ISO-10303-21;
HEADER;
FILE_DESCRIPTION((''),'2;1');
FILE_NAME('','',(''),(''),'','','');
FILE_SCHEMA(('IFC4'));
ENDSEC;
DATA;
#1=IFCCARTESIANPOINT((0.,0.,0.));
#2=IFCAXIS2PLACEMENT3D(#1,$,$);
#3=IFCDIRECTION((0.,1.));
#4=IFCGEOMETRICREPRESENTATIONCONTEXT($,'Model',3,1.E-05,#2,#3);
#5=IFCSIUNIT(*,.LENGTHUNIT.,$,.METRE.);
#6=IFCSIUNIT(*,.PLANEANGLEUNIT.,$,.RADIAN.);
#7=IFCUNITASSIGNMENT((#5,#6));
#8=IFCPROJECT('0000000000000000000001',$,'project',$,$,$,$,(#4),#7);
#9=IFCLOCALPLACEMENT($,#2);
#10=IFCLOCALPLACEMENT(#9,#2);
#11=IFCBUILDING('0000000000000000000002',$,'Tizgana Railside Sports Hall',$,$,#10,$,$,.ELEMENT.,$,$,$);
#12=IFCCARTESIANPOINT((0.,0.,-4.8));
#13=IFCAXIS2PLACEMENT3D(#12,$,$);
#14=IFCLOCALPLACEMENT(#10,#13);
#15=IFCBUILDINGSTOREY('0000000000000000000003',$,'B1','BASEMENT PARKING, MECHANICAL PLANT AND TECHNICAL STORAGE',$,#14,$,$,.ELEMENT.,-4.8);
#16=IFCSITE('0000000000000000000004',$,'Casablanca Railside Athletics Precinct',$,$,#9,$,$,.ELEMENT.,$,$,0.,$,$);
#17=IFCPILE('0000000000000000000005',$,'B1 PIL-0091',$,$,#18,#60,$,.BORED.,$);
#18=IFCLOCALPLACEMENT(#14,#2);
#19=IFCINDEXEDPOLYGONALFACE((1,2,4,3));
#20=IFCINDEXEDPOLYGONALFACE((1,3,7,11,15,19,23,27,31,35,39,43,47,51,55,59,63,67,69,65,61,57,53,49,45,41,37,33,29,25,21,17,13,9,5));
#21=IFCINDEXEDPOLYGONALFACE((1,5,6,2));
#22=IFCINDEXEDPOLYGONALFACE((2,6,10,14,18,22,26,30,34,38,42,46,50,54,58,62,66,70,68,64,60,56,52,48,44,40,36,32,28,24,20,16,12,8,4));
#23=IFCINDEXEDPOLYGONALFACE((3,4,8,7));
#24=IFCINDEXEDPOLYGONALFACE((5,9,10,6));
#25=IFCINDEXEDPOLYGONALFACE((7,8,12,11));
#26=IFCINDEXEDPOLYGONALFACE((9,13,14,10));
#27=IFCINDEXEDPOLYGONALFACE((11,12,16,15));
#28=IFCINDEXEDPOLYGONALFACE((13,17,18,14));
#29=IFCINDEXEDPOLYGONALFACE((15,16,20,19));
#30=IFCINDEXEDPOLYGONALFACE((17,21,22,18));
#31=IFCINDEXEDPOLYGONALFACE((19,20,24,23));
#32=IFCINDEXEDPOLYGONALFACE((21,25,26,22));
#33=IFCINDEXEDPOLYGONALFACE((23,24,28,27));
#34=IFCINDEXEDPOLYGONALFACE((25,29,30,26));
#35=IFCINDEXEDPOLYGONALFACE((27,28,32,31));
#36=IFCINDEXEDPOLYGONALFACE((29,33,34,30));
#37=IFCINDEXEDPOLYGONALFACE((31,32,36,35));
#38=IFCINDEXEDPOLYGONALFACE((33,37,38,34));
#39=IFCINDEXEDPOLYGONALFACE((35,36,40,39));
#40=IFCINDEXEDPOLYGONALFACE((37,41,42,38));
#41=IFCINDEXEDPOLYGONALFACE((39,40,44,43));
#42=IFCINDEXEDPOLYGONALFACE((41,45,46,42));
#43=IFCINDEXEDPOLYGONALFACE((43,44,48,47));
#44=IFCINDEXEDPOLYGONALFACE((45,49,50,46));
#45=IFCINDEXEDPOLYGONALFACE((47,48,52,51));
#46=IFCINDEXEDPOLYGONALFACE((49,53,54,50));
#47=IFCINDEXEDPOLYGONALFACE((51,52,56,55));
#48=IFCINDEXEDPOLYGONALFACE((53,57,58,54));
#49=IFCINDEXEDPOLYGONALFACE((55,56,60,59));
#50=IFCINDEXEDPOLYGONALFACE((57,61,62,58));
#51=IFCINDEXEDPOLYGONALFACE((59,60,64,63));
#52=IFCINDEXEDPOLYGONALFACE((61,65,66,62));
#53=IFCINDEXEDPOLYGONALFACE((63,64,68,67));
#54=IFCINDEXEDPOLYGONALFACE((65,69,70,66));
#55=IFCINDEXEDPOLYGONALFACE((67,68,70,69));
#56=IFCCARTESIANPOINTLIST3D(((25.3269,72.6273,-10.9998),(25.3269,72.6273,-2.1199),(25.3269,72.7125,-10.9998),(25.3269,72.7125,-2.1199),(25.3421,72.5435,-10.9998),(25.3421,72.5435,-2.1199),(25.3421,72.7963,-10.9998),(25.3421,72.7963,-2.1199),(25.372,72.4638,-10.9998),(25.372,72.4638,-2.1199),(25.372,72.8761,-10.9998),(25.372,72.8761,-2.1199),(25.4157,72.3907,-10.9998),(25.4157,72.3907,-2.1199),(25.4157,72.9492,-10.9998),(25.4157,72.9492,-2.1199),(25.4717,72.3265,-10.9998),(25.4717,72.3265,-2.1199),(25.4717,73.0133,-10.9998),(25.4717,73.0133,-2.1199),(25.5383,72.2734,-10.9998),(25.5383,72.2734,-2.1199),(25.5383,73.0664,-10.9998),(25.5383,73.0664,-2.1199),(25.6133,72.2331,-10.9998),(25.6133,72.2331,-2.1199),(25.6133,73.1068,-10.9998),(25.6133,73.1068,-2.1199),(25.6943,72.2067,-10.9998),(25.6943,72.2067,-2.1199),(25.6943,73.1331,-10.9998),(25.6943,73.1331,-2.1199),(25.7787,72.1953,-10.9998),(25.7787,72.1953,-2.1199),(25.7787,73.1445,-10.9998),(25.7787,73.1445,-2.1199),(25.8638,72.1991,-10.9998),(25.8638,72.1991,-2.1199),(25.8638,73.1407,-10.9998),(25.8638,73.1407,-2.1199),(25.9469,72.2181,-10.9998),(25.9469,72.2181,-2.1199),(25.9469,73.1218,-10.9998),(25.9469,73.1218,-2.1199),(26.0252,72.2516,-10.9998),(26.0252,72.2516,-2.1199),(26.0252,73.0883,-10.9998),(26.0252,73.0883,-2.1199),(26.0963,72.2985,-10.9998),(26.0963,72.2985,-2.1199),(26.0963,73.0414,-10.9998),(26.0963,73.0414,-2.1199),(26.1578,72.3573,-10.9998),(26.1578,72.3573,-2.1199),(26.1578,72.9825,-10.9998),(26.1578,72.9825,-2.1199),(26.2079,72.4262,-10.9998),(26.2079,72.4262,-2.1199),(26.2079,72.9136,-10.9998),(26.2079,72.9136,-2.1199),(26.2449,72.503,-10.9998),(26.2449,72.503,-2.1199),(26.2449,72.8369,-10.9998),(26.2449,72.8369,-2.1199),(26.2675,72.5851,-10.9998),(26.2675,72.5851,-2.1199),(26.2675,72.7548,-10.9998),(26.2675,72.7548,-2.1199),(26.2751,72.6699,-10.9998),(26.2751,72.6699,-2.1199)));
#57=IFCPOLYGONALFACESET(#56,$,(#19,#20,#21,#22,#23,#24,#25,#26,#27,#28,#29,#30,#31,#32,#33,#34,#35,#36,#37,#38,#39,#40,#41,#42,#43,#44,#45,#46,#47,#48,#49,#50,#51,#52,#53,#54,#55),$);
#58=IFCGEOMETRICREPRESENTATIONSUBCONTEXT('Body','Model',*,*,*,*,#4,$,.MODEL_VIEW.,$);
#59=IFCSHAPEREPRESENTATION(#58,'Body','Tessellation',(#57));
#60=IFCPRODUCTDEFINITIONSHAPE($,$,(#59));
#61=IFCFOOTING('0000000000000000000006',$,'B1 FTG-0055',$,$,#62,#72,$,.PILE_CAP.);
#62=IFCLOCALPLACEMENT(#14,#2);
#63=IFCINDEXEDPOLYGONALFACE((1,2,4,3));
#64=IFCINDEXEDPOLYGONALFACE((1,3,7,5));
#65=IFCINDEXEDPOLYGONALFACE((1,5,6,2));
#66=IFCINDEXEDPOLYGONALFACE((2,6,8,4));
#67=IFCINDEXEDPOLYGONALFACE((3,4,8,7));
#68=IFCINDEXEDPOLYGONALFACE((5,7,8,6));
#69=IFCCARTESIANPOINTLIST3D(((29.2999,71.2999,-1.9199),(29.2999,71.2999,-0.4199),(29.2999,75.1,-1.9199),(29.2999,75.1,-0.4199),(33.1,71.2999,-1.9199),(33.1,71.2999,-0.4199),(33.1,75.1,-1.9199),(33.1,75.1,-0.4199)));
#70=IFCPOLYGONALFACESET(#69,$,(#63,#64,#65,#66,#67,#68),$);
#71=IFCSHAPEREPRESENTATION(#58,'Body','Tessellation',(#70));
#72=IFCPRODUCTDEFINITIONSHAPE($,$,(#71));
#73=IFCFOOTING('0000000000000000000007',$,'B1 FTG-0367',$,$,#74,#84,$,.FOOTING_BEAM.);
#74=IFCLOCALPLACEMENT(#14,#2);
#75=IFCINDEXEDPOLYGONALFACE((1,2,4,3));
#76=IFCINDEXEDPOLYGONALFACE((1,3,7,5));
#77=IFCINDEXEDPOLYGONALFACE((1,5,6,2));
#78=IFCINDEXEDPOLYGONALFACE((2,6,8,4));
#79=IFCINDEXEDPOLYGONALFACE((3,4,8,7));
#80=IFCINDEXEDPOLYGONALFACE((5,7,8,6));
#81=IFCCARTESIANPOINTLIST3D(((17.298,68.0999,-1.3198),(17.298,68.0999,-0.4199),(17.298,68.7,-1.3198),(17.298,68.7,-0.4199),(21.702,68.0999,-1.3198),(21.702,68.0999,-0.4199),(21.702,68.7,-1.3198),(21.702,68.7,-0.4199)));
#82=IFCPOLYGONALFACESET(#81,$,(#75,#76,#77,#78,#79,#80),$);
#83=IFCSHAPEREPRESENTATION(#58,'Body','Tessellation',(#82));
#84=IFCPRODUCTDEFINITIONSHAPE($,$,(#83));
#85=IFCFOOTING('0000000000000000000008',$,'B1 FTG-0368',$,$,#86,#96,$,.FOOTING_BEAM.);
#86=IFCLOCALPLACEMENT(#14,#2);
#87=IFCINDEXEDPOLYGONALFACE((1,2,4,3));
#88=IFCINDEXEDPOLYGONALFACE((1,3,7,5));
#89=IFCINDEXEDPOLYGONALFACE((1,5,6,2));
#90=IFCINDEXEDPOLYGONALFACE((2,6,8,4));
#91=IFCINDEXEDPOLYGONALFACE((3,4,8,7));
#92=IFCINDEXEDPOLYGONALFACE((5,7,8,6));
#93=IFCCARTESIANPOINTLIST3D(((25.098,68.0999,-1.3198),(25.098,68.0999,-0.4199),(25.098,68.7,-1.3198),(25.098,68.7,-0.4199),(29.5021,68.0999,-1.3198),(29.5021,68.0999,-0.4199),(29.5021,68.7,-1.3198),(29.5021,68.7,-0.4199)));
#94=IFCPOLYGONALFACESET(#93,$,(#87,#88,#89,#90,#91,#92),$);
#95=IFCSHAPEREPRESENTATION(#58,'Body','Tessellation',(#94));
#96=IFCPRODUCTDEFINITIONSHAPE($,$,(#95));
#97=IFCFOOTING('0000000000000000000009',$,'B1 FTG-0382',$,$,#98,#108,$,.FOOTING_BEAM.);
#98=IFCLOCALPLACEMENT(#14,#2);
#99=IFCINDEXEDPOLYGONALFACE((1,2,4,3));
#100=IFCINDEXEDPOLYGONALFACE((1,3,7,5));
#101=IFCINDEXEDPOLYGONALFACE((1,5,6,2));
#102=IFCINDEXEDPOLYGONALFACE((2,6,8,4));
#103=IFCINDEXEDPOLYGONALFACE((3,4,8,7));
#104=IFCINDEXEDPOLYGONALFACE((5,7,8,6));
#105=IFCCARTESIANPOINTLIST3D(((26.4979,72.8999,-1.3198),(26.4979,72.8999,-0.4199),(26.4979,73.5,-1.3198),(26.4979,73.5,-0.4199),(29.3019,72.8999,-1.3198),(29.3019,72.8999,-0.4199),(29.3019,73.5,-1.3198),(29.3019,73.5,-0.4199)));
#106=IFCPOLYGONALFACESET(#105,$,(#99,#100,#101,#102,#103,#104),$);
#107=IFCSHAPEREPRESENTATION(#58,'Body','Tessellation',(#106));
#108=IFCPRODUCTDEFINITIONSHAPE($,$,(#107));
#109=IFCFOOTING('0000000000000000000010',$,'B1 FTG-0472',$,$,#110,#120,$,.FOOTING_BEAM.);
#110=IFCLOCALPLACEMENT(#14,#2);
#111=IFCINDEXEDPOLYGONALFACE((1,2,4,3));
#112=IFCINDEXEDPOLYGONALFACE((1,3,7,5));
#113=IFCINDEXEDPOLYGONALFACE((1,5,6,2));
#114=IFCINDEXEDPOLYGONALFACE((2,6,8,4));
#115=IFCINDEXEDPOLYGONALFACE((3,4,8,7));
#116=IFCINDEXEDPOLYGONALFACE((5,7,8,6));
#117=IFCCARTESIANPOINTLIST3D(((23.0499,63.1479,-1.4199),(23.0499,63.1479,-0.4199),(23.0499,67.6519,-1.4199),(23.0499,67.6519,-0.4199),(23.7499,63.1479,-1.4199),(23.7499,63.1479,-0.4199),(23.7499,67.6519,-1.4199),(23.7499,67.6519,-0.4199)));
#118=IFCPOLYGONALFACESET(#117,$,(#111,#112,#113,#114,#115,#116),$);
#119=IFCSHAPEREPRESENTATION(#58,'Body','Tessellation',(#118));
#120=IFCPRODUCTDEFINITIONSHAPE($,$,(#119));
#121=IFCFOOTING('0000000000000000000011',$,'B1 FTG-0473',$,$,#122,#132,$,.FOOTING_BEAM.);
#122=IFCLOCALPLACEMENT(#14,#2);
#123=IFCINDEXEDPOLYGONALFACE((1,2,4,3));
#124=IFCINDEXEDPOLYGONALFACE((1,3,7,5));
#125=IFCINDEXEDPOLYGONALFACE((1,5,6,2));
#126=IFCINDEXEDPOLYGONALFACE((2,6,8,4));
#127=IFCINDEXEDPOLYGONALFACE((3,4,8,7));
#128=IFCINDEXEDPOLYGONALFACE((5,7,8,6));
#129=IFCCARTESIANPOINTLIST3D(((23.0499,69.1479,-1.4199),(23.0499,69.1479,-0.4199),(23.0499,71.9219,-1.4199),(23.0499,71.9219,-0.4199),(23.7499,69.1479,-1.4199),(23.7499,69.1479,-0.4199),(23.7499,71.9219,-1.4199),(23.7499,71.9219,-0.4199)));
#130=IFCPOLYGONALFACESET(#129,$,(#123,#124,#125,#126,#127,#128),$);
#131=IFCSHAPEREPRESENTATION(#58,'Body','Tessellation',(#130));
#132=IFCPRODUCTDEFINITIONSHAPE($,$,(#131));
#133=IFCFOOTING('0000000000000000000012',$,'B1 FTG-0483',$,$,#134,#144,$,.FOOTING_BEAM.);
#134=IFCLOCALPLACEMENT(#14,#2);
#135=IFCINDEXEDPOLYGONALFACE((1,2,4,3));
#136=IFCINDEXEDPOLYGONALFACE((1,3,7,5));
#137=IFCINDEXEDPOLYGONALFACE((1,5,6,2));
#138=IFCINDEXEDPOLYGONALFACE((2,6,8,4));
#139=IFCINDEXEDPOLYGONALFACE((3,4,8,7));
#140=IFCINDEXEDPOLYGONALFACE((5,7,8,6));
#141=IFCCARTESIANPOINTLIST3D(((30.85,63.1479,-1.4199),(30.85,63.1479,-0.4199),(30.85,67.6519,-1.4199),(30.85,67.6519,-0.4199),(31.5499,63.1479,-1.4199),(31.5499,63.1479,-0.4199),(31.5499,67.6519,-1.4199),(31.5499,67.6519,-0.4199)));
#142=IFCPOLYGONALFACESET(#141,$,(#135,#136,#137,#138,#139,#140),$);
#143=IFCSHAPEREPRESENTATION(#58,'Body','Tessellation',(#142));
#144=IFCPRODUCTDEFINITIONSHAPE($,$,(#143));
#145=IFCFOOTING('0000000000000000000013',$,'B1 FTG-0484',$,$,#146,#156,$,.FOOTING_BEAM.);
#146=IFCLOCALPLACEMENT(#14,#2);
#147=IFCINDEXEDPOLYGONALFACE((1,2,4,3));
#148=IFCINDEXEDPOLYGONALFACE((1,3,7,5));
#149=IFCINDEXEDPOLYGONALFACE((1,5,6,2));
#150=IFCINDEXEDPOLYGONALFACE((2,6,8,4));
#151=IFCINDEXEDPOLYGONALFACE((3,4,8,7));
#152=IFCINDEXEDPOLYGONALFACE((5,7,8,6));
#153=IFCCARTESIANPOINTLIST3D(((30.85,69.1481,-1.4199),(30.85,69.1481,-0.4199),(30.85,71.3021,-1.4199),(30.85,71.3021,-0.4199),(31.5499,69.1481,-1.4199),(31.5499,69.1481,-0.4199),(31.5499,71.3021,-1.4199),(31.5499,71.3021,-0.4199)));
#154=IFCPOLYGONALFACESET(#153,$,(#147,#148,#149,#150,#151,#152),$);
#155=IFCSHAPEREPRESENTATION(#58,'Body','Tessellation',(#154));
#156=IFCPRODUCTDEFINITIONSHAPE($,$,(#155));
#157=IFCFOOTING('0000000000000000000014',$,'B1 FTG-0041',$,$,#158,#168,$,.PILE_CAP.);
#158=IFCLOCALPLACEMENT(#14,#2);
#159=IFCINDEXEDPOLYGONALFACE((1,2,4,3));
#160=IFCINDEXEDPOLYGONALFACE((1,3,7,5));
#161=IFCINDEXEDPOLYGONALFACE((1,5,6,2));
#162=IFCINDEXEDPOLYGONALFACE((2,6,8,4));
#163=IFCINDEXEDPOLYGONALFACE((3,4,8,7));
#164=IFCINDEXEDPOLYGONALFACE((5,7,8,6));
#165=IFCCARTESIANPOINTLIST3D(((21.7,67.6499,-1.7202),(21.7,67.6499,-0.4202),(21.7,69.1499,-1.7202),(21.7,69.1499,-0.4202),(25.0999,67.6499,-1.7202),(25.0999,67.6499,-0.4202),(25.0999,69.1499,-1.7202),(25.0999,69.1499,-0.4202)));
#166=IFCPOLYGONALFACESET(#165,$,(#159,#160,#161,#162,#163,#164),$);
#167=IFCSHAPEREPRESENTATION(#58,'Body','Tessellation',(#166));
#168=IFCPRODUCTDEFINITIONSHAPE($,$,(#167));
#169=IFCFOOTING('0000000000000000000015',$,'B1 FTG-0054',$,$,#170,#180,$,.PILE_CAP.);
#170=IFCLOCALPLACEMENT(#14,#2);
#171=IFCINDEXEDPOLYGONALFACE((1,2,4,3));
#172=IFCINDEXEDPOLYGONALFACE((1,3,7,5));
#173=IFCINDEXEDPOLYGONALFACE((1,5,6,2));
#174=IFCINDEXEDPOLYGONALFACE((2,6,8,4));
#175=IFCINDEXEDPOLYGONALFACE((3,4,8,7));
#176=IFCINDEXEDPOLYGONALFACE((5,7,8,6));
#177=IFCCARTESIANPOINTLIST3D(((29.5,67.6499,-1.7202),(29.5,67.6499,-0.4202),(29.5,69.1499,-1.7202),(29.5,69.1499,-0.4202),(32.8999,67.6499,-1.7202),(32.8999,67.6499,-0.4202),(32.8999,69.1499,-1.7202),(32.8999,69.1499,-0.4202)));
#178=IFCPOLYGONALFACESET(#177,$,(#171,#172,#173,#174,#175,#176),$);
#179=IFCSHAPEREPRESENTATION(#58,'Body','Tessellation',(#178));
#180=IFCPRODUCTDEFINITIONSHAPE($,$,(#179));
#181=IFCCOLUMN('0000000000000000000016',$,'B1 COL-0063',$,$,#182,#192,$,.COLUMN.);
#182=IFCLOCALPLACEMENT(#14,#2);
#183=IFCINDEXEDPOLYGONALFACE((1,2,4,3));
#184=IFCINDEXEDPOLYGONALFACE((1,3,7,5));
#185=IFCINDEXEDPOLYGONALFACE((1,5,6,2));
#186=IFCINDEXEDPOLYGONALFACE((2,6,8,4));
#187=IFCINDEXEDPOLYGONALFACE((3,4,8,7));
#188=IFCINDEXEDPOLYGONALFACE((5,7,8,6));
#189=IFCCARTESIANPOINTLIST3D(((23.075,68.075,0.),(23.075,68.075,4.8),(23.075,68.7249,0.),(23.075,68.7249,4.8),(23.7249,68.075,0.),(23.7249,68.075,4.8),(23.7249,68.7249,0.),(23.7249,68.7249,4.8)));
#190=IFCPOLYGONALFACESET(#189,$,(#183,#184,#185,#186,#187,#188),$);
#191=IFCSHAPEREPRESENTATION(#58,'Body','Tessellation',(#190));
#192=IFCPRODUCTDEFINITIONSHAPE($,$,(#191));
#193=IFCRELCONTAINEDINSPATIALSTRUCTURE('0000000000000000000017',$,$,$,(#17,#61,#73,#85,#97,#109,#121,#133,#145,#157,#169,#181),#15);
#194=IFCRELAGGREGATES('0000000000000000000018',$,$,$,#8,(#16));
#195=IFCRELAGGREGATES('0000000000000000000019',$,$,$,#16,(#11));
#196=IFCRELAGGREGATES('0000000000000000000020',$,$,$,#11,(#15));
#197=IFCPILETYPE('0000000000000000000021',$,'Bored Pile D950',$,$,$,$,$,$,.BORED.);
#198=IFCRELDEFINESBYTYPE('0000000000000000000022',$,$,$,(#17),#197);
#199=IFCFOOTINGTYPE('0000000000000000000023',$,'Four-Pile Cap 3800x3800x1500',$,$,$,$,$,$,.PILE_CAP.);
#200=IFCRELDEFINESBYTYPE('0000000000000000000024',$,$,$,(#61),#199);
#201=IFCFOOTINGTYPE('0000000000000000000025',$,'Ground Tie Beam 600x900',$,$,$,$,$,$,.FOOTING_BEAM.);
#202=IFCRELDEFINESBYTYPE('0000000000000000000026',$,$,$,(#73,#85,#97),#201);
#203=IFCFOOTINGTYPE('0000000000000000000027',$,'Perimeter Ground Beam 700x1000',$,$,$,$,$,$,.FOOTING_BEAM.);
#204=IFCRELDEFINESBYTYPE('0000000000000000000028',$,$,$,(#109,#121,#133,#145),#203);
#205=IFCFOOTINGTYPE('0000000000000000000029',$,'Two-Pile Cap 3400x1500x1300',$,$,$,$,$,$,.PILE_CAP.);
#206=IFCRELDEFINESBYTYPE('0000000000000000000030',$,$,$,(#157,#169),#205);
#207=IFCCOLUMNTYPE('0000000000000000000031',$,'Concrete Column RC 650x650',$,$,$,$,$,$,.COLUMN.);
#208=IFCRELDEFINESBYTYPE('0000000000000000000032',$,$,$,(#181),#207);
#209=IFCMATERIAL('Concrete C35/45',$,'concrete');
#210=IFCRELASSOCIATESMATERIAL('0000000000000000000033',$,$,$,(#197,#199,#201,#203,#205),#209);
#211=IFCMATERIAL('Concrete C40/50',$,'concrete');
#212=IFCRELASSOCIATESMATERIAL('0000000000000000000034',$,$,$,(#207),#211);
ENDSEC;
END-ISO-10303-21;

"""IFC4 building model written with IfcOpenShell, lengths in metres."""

from ifc_helpers import new_model, si_unit, direction, frame, origin, origin_2d, place, context, subcontext, project, spatial, rectangle, circle, extrude, material, material_profile, profile_set, type_object, element, save


model = new_model("IFC4")

# Units and contexts
model_context = context("Model", 3, precision=1e-05, world=origin(), true_north=direction((0.0, 1.0)))
body_context = subcontext(model_context, "Body", "Model", "MODEL_VIEW")
ifc_project = project(units=[si_unit("LENGTHUNIT", "METRE"), si_unit("PLANEANGLEUNIT", "RADIAN")], contexts=[model_context])

# Site, building, storey
site_placement = place(None, origin())
site = spatial("IfcSite", under=ifc_project, at=site_placement, Name="Casablanca Railside Athletics Precinct", CompositionType="ELEMENT", RefElevation=0.0)
building_placement = place(site_placement, origin())
building = spatial("IfcBuilding", under=site, at=building_placement, Name="Tizgana Railside Sports Hall", CompositionType="ELEMENT")
storey_placement = place(building_placement, frame((0.0, 0.0, -4.8)))
storey = spatial("IfcBuildingStorey", under=building, at=storey_placement, Name="B1", Description="BASEMENT PARKING, MECHANICAL PLANT AND TECHNICAL STORAGE", CompositionType="ELEMENT", Elevation=-4.8)

# Pile
ifc_material_1 = material(Name="Concrete C35/45", Category="concrete")
ifc_material_profile_1 = material_profile(ifc_material_1, circle(Radius=0.4751, at=origin_2d()), Name="PILE D950")
ifc_profile_set_1 = profile_set([ifc_material_profile_1], Name="Concrete C35/45")
pile_type_1 = type_object("IfcPileType", Name="Bored Pile D950", PredefinedType="BORED", material=ifc_profile_set_1)
for number, where, z_axis, x_axis, name in (
    (1, (25.8, 72.6699, -2.1199), (0.0, 0.0, -1.0), (1.0, 0.0, 0.0), "B1 PIL-0091"),
):
    element("IfcPile", number, at=place(storey_placement, frame(where, z_axis=z_axis, x_axis=x_axis)), inside=storey, type_object=pile_type_1, Name=name, PredefinedType="BORED", context=body_context, shape_type="SweptSolid", body=[
        extrude(circle(Radius=0.4751, at=origin_2d()), origin(), (0.0, 0.0, 1.0), 8.8799),
    ])

# Footings
footing_type_1 = type_object("IfcFootingType", Name="Four-Pile Cap 3800x3800x1500", PredefinedType="PILE_CAP", material=ifc_material_1)
footing_1_placement = place(storey_placement, frame((31.2, 73.2, -1.9199), z_axis=(0.0, 0.0, 1.0), x_axis=(1.0, 0.0, 0.0)))
element("IfcFooting", 2, at=footing_1_placement, inside=storey, type_object=footing_type_1, Name="B1 FTG-0055", PredefinedType="PILE_CAP", context=body_context, shape_type="SweptSolid", body=[
    extrude(rectangle(XDim=3.8, YDim=3.8, at=origin_2d()), origin(), (0.0, 0.0, 1.0), 1.5),
])
footing_type_2 = type_object("IfcFootingType", Name="Ground Tie Beam 600x900", PredefinedType="FOOTING_BEAM", material=ifc_material_1)
for number, where, z_axis, x_axis, name in (
    (3, (19.5, 68.3999, -1.3198), (0.0, 0.0, 1.0), (1.0, 0.0, 0.0), "B1 FTG-0367"),
    (4, (27.3, 68.3999, -1.3198), (0.0, 0.0, 1.0), (1.0, 0.0, 0.0), "B1 FTG-0368"),
):
    element("IfcFooting", number, at=place(storey_placement, frame(where, z_axis=z_axis, x_axis=x_axis)), inside=storey, type_object=footing_type_2, Name=name, PredefinedType="FOOTING_BEAM", context=body_context, shape_type="SweptSolid", body=[
        extrude(rectangle(XDim=4.4041, YDim=0.6001, at=origin_2d()), origin(), (0.0, 0.0, 1.0), 0.8999),
    ])
footing_2_placement = place(storey_placement, frame((27.8999, 73.2, -1.3198), z_axis=(0.0, 0.0, 1.0), x_axis=(1.0, 0.0, 0.0)))
element("IfcFooting", 5, at=footing_2_placement, inside=storey, type_object=footing_type_2, Name="B1 FTG-0382", PredefinedType="FOOTING_BEAM", context=body_context, shape_type="SweptSolid", body=[
    extrude(rectangle(XDim=2.804, YDim=0.6001, at=origin_2d()), origin(), (0.0, 0.0, 1.0), 0.8999),
])
footing_type_3 = type_object("IfcFootingType", Name="Perimeter Ground Beam 700x1000", PredefinedType="FOOTING_BEAM", material=ifc_material_1)
footing_3_placement = place(storey_placement, frame((23.3999, 65.3999, -1.4199), z_axis=(0.0, 0.0, 1.0), x_axis=(0.0, 1.0, 0.0)))
element("IfcFooting", 6, at=footing_3_placement, inside=storey, type_object=footing_type_3, Name="B1 FTG-0472", PredefinedType="FOOTING_BEAM", context=body_context, shape_type="SweptSolid", body=[
    extrude(rectangle(XDim=4.5039, YDim=0.7, at=origin_2d()), origin(), (0.0, 0.0, 1.0), 1.0),
])
footing_4_placement = place(storey_placement, frame((23.3999, 70.5349, -1.4199), z_axis=(0.0, 0.0, 1.0), x_axis=(0.0, 1.0, 0.0)))
element("IfcFooting", 7, at=footing_4_placement, inside=storey, type_object=footing_type_3, Name="B1 FTG-0473", PredefinedType="FOOTING_BEAM", context=body_context, shape_type="SweptSolid", body=[
    extrude(rectangle(XDim=2.7739, YDim=0.7, at=origin_2d()), origin(), (0.0, 0.0, 1.0), 1.0),
])
footing_5_placement = place(storey_placement, frame((31.2, 65.3999, -1.4199), z_axis=(0.0, 0.0, 1.0), x_axis=(0.0, 1.0, 0.0)))
element("IfcFooting", 8, at=footing_5_placement, inside=storey, type_object=footing_type_3, Name="B1 FTG-0483", PredefinedType="FOOTING_BEAM", context=body_context, shape_type="SweptSolid", body=[
    extrude(rectangle(XDim=4.5039, YDim=0.7, at=origin_2d()), origin(), (0.0, 0.0, 1.0), 1.0),
])
footing_6_placement = place(storey_placement, frame((31.2, 70.2251, -1.4199), z_axis=(0.0, 0.0, 1.0), x_axis=(0.0, 1.0, 0.0)))
element("IfcFooting", 9, at=footing_6_placement, inside=storey, type_object=footing_type_3, Name="B1 FTG-0484", PredefinedType="FOOTING_BEAM", context=body_context, shape_type="SweptSolid", body=[
    extrude(rectangle(XDim=2.1541, YDim=0.7, at=origin_2d()), origin(), (0.0, 0.0, 1.0), 1.0),
])
footing_type_4 = type_object("IfcFootingType", Name="Two-Pile Cap 3400x1500x1300", PredefinedType="PILE_CAP", material=ifc_material_1)
for number, where, z_axis, x_axis, name in (
    (10, (23.3999, 68.3999, -1.7202), (0.0, 0.0, 1.0), (1.0, 0.0, 0.0), "B1 FTG-0041"),
    (11, (31.2, 68.3999, -1.7202), (0.0, 0.0, 1.0), (1.0, 0.0, 0.0), "B1 FTG-0054"),
):
    element("IfcFooting", number, at=place(storey_placement, frame(where, z_axis=z_axis, x_axis=x_axis)), inside=storey, type_object=footing_type_4, Name=name, PredefinedType="PILE_CAP", context=body_context, shape_type="SweptSolid", body=[
        extrude(rectangle(XDim=3.3999, YDim=1.5, at=origin_2d()), origin(), (0.0, 0.0, 1.0), 1.3),
    ])

# Column
ifc_material_2 = material(Name="Concrete C40/50", Category="concrete")
ifc_material_profile_2 = material_profile(ifc_material_2, rectangle(XDim=0.6499, YDim=0.6499, at=origin_2d()), Name="RC 650x650")
ifc_profile_set_2 = profile_set([ifc_material_profile_2], Name="Concrete C40/50")
column_type_1 = type_object("IfcColumnType", Name="Concrete Column RC 650x650", PredefinedType="COLUMN", material=ifc_profile_set_2)
for number, where, z_axis, x_axis, name in (
    (12, (23.3999, 68.3999, 0.0), (0.0, 0.0, 1.0), (1.0, 0.0, 0.0), "B1 COL-0063"),
):
    element("IfcColumn", number, at=place(storey_placement, frame(where, z_axis=z_axis, x_axis=x_axis)), inside=storey, type_object=column_type_1, Name=name, PredefinedType="COLUMN", context=body_context, shape_type="SweptSolid", body=[
        extrude(rectangle(XDim=0.6499, YDim=0.6499, at=origin_2d()), origin(), (0.0, 0.0, 1.0), 4.8),
    ])

save(model, "model.ifc")
